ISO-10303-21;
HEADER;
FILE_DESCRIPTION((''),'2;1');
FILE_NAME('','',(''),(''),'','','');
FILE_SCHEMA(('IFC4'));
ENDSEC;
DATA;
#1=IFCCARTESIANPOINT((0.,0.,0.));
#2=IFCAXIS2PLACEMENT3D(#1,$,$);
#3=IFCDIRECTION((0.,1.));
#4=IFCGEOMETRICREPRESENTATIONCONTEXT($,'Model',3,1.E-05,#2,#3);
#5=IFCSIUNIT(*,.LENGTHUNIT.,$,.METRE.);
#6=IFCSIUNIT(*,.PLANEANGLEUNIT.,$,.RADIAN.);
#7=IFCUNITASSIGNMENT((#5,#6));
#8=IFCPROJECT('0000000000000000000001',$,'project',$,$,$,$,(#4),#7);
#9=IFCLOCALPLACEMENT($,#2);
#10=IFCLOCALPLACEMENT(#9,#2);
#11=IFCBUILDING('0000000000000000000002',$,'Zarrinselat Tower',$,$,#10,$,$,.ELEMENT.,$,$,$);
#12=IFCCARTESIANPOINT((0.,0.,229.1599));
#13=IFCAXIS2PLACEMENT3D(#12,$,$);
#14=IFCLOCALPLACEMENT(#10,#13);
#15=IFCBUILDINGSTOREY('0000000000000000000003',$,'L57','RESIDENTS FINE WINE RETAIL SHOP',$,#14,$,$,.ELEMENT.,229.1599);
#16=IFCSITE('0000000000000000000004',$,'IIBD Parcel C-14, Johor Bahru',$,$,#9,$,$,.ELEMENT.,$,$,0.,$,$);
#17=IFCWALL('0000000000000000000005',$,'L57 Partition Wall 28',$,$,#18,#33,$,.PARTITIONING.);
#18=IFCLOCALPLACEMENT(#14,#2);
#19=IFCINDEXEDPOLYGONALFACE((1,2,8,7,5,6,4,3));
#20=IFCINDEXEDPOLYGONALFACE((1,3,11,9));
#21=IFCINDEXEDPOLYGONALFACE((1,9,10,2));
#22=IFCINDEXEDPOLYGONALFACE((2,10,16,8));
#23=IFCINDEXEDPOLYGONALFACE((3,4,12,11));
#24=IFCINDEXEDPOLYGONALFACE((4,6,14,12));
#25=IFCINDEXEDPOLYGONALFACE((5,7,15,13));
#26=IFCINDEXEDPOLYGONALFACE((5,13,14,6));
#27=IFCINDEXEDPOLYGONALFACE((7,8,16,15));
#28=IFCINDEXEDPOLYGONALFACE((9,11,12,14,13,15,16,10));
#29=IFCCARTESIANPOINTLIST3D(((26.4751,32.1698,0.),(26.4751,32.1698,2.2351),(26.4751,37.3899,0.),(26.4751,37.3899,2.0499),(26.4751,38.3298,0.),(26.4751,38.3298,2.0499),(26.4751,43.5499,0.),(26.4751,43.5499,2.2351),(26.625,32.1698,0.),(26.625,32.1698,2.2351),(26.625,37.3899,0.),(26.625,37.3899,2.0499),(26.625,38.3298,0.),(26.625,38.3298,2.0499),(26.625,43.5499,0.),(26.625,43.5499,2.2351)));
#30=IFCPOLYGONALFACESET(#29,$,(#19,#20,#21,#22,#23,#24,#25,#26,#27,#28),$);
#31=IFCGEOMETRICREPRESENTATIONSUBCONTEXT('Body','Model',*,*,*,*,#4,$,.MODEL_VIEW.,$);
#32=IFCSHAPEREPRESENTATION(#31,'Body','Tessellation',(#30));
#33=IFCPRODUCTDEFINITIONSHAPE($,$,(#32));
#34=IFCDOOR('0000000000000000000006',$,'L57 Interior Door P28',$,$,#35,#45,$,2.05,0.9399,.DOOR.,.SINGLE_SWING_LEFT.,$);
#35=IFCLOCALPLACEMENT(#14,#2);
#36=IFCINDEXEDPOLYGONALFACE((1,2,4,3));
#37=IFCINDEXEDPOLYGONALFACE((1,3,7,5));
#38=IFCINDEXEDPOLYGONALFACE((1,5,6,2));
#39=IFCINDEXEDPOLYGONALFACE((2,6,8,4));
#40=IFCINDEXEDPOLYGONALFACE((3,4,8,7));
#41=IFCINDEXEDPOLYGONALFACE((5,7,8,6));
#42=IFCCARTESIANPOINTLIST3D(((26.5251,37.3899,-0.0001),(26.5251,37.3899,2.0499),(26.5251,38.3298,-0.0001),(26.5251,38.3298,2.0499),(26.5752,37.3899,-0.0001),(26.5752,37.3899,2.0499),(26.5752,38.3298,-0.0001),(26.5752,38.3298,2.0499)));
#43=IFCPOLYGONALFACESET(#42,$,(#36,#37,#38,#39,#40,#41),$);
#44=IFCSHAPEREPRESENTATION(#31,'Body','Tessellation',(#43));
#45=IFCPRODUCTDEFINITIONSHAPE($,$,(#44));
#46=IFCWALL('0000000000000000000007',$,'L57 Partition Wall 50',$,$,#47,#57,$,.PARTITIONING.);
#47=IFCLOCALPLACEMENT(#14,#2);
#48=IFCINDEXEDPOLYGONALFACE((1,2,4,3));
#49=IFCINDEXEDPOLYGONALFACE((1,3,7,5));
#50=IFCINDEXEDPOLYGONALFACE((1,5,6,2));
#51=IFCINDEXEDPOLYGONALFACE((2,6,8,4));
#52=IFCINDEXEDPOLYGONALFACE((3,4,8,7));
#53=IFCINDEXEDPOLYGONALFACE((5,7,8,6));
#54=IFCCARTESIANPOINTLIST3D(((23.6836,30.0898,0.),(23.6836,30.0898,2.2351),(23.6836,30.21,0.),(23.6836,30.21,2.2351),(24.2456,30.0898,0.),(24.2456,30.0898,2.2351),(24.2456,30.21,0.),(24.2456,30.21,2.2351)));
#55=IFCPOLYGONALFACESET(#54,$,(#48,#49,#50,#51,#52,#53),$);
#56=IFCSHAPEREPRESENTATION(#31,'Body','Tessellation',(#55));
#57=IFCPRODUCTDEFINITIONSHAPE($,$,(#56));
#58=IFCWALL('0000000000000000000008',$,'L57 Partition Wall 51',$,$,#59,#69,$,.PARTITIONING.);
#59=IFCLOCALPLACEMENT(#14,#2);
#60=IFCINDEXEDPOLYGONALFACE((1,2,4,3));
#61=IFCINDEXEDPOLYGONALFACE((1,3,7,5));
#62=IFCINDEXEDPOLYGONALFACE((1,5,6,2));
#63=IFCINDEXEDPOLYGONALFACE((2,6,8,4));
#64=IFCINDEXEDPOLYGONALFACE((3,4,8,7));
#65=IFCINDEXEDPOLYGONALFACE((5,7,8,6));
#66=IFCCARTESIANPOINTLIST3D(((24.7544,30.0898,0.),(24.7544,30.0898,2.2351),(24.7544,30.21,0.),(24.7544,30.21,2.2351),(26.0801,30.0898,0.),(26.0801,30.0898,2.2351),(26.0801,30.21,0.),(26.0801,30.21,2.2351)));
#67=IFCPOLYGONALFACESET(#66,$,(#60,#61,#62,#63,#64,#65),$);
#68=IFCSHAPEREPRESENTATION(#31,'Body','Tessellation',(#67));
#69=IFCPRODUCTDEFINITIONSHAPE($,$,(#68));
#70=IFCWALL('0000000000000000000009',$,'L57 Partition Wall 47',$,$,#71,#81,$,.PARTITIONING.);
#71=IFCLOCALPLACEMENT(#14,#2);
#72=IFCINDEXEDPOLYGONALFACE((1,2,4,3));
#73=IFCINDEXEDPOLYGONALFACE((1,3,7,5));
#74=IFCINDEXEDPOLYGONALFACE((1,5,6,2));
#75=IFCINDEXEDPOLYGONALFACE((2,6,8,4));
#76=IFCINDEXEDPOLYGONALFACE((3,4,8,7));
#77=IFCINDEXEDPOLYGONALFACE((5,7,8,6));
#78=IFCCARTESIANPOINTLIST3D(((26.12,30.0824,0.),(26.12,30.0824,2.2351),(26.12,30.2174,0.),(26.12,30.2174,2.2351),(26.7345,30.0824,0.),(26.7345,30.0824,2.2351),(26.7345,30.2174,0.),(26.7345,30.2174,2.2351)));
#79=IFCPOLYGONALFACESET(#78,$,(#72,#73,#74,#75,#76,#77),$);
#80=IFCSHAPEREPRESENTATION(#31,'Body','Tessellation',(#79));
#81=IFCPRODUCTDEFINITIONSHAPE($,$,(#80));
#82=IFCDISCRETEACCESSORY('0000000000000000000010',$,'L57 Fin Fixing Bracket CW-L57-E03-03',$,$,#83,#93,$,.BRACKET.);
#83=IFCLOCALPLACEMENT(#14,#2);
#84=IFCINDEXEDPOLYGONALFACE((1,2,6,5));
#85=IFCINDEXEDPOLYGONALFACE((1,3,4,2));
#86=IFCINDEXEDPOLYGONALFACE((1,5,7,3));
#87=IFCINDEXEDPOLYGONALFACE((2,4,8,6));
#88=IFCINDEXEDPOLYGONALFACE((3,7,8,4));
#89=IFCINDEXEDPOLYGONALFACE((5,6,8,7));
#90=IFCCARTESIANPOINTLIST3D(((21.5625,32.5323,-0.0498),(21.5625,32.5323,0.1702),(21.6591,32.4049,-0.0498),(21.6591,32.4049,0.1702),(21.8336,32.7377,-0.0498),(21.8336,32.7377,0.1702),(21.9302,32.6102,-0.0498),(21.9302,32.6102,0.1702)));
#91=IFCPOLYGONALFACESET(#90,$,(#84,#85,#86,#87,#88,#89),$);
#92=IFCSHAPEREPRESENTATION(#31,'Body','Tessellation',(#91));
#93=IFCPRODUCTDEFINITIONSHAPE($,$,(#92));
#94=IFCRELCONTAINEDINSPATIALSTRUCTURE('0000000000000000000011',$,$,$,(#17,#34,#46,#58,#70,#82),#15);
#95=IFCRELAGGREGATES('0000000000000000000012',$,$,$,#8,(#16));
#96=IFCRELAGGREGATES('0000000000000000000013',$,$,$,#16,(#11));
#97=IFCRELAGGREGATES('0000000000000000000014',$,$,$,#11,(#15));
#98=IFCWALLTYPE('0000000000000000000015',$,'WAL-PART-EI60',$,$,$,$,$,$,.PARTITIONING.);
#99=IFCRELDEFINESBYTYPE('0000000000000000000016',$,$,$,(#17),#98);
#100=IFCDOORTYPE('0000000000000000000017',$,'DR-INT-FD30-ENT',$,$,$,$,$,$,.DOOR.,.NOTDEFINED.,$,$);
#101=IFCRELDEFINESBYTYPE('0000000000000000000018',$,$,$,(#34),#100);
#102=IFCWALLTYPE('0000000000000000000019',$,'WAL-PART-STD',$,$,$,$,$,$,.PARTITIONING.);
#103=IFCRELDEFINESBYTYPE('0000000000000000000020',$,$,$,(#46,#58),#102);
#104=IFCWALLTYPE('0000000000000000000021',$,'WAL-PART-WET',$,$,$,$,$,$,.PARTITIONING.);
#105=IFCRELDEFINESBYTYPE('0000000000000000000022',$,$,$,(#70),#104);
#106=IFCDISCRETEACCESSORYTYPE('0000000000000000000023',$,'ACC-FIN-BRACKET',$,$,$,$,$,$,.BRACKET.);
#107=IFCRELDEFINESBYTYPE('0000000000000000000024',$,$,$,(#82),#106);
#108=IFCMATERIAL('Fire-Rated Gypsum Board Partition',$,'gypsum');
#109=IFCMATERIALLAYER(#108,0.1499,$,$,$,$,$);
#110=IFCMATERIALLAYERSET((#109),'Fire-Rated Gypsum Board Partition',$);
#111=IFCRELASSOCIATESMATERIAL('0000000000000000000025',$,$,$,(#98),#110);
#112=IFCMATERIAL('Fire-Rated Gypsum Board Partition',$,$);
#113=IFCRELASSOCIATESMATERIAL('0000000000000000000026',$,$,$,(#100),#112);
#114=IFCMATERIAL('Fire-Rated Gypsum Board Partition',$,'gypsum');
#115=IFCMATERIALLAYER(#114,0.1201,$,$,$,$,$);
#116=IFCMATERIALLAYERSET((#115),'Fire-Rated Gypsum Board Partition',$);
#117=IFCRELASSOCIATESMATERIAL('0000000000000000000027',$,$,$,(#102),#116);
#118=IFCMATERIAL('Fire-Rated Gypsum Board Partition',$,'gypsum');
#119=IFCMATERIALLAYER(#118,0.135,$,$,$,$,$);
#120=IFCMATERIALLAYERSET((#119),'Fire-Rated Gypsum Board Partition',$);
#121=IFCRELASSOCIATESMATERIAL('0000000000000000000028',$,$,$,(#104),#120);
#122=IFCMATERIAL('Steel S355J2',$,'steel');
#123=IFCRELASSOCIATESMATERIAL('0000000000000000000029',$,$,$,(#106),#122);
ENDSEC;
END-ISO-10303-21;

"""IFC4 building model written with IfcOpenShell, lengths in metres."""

from ifc_helpers import new_model, si_unit, direction, frame, frame_2d, origin, origin_2d, place, context, subcontext, project, spatial, rectangle, extrude, material, layer, layer_set, type_object, element, fill, save


model = new_model("IFC4")

# Units and contexts
model_context = context("Model", 3, precision=1e-05, world=origin(), true_north=direction((0.0, 1.0)))
body_context = subcontext(model_context, "Body", "Model", "MODEL_VIEW")
ifc_project = project(units=[si_unit("LENGTHUNIT", "METRE"), si_unit("PLANEANGLEUNIT", "RADIAN")], contexts=[model_context])

# Site, building, storey
site_placement = place(None, origin())
site = spatial("IfcSite", under=ifc_project, at=site_placement, Name="IIBD Parcel C-14, Johor Bahru", CompositionType="ELEMENT", RefElevation=0.0)
building_placement = place(site_placement, origin())
building = spatial("IfcBuilding", under=site, at=building_placement, Name="Zarrinselat Tower", CompositionType="ELEMENT")
storey_placement = place(building_placement, frame((0.0, 0.0, 229.1599)))
storey = spatial("IfcBuildingStorey", under=building, at=storey_placement, Name="L57", Description="RESIDENTS FINE WINE RETAIL SHOP", CompositionType="ELEMENT", Elevation=229.1599)

# Shared definitions
ifc_material_1 = material(Name="Fire-Rated Gypsum Board Partition", Category="gypsum")
ifc_layer_1 = layer(ifc_material_1, 0.1499)
ifc_layer_set_1 = layer_set([ifc_layer_1], Name="Fire-Rated Gypsum Board Partition")
wall_type_1 = type_object("IfcWallType", Name="WAL-PART-EI60", PredefinedType="PARTITIONING", material=ifc_layer_set_1)
ifc_material_2 = material(Name="Fire-Rated Gypsum Board Partition")
door_type_1 = type_object("IfcDoorType", Name="DR-INT-FD30-ENT", OperationType="NOTDEFINED", PredefinedType="DOOR", material=ifc_material_2)

# Wall, opening, door
wall_1_placement = place(storey_placement, frame((26.55, 32.1699, 0.0), z_axis=(0.0, 0.0, 1.0), x_axis=(0.0, 1.0, 0.0)))
wall_1 = element("IfcWall", 1, at=wall_1_placement, inside=storey, type_object=wall_type_1, Name="L57 Partition Wall 28", PredefinedType="PARTITIONING", context=body_context, shape_type="SweptSolid", body=[
    extrude(rectangle(XDim=11.3801, YDim=0.1499, at=frame_2d((5.6899, 0.0))), origin(), (0.0, 0.0, 1.0), 2.2351),
])
opening_1_placement = place(wall_1_placement, frame((5.22, 0.0, 0.0)))
opening_1 = element("IfcOpeningElement", 2, at=opening_1_placement, cuts=wall_1, PredefinedType="OPENING", context=body_context, shape_type="SweptSolid", body=[
    extrude(rectangle(XDim=0.9399, YDim=2.05, at=frame_2d((0.47, 1.0249))), frame((0.0, 0.085, 0.0), z_axis=(0.0, -1.0, 0.0), x_axis=(1.0, 0.0, 0.0)), (0.0, 0.0, 1.0), 0.1699),
])
door_1_placement = place(opening_1_placement, origin())
door_1 = element("IfcDoor", 3, at=door_1_placement, inside=storey, type_object=door_type_1, Name="L57 Interior Door P28", OperationType="SINGLE_SWING_LEFT", OverallHeight=2.05, OverallWidth=0.9399, PredefinedType="DOOR", context=body_context, shape_type="SweptSolid", body=[
    extrude(rectangle(XDim=0.9399, YDim=2.05, at=frame_2d((0.47, 1.0249))), frame((0.0, 0.0249, 0.0), z_axis=(0.0, -1.0, 0.0), x_axis=(1.0, 0.0, 0.0)), (0.0, 0.0, 1.0), 0.05),
])
fill(opening_1, door_1)

# Walls
ifc_material_3 = material(Name="Fire-Rated Gypsum Board Partition", Category="gypsum")
ifc_layer_2 = layer(ifc_material_3, 0.1201)
ifc_layer_set_2 = layer_set([ifc_layer_2], Name="Fire-Rated Gypsum Board Partition")
wall_type_2 = type_object("IfcWallType", Name="WAL-PART-STD", PredefinedType="PARTITIONING", material=ifc_layer_set_2)
wall_2_placement = place(storey_placement, frame((23.6836, 30.1499, 0.0), z_axis=(0.0, 0.0, 1.0), x_axis=(1.0, 0.0, 0.0)))
element("IfcWall", 4, at=wall_2_placement, inside=storey, type_object=wall_type_2, Name="L57 Partition Wall 50", PredefinedType="PARTITIONING", context=body_context, shape_type="SweptSolid", body=[
    extrude(rectangle(XDim=0.562, YDim=0.1201, at=frame_2d((0.281, 0.0))), origin(), (0.0, 0.0, 1.0), 2.2351),
])
wall_3_placement = place(storey_placement, frame((24.7544, 30.1499, 0.0), z_axis=(0.0, 0.0, 1.0), x_axis=(1.0, 0.0, 0.0)))
element("IfcWall", 5, at=wall_3_placement, inside=storey, type_object=wall_type_2, Name="L57 Partition Wall 51", PredefinedType="PARTITIONING", context=body_context, shape_type="SweptSolid", body=[
    extrude(rectangle(XDim=1.3257, YDim=0.1201, at=frame_2d((0.6628, 0.0))), origin(), (0.0, 0.0, 1.0), 2.2351),
])
ifc_material_4 = material(Name="Fire-Rated Gypsum Board Partition", Category="gypsum")
ifc_layer_3 = layer(ifc_material_4, 0.135)
ifc_layer_set_3 = layer_set([ifc_layer_3], Name="Fire-Rated Gypsum Board Partition")
wall_type_3 = type_object("IfcWallType", Name="WAL-PART-WET", PredefinedType="PARTITIONING", material=ifc_layer_set_3)
wall_4_placement = place(storey_placement, frame((26.1201, 30.1499, 0.0), z_axis=(0.0, 0.0, 1.0), x_axis=(1.0, 0.0, 0.0)))
element("IfcWall", 6, at=wall_4_placement, inside=storey, type_object=wall_type_3, Name="L57 Partition Wall 47", PredefinedType="PARTITIONING", context=body_context, shape_type="SweptSolid", body=[
    extrude(rectangle(XDim=0.6145, YDim=0.135, at=frame_2d((0.3071, 0.0))), origin(), (0.0, 0.0, 1.0), 2.2351),
])

# Discrete accessory
ifc_material_5 = material(Name="Steel S355J2", Category="steel")
discrete_accessory_type = type_object("IfcDiscreteAccessoryType", Name="ACC-FIN-BRACKET", PredefinedType="BRACKET", material=ifc_material_5)
discrete_accessory_placement = place(storey_placement, frame((21.7463, 32.5713, -0.0498), z_axis=(0.0, 0.0, 1.0), x_axis=(-0.797092, -0.603857, 0.0)))
element("IfcDiscreteAccessory", 7, at=discrete_accessory_placement, inside=storey, type_object=discrete_accessory_type, Name="L57 Fin Fixing Bracket CW-L57-E03-03", PredefinedType="BRACKET", context=body_context, shape_type="SweptSolid", body=[
    extrude(rectangle(XDim=0.3401, YDim=0.1599, at=origin_2d()), origin(), (0.0, 0.0, 1.0), 0.22),
])

save(model, "model.ifc")
